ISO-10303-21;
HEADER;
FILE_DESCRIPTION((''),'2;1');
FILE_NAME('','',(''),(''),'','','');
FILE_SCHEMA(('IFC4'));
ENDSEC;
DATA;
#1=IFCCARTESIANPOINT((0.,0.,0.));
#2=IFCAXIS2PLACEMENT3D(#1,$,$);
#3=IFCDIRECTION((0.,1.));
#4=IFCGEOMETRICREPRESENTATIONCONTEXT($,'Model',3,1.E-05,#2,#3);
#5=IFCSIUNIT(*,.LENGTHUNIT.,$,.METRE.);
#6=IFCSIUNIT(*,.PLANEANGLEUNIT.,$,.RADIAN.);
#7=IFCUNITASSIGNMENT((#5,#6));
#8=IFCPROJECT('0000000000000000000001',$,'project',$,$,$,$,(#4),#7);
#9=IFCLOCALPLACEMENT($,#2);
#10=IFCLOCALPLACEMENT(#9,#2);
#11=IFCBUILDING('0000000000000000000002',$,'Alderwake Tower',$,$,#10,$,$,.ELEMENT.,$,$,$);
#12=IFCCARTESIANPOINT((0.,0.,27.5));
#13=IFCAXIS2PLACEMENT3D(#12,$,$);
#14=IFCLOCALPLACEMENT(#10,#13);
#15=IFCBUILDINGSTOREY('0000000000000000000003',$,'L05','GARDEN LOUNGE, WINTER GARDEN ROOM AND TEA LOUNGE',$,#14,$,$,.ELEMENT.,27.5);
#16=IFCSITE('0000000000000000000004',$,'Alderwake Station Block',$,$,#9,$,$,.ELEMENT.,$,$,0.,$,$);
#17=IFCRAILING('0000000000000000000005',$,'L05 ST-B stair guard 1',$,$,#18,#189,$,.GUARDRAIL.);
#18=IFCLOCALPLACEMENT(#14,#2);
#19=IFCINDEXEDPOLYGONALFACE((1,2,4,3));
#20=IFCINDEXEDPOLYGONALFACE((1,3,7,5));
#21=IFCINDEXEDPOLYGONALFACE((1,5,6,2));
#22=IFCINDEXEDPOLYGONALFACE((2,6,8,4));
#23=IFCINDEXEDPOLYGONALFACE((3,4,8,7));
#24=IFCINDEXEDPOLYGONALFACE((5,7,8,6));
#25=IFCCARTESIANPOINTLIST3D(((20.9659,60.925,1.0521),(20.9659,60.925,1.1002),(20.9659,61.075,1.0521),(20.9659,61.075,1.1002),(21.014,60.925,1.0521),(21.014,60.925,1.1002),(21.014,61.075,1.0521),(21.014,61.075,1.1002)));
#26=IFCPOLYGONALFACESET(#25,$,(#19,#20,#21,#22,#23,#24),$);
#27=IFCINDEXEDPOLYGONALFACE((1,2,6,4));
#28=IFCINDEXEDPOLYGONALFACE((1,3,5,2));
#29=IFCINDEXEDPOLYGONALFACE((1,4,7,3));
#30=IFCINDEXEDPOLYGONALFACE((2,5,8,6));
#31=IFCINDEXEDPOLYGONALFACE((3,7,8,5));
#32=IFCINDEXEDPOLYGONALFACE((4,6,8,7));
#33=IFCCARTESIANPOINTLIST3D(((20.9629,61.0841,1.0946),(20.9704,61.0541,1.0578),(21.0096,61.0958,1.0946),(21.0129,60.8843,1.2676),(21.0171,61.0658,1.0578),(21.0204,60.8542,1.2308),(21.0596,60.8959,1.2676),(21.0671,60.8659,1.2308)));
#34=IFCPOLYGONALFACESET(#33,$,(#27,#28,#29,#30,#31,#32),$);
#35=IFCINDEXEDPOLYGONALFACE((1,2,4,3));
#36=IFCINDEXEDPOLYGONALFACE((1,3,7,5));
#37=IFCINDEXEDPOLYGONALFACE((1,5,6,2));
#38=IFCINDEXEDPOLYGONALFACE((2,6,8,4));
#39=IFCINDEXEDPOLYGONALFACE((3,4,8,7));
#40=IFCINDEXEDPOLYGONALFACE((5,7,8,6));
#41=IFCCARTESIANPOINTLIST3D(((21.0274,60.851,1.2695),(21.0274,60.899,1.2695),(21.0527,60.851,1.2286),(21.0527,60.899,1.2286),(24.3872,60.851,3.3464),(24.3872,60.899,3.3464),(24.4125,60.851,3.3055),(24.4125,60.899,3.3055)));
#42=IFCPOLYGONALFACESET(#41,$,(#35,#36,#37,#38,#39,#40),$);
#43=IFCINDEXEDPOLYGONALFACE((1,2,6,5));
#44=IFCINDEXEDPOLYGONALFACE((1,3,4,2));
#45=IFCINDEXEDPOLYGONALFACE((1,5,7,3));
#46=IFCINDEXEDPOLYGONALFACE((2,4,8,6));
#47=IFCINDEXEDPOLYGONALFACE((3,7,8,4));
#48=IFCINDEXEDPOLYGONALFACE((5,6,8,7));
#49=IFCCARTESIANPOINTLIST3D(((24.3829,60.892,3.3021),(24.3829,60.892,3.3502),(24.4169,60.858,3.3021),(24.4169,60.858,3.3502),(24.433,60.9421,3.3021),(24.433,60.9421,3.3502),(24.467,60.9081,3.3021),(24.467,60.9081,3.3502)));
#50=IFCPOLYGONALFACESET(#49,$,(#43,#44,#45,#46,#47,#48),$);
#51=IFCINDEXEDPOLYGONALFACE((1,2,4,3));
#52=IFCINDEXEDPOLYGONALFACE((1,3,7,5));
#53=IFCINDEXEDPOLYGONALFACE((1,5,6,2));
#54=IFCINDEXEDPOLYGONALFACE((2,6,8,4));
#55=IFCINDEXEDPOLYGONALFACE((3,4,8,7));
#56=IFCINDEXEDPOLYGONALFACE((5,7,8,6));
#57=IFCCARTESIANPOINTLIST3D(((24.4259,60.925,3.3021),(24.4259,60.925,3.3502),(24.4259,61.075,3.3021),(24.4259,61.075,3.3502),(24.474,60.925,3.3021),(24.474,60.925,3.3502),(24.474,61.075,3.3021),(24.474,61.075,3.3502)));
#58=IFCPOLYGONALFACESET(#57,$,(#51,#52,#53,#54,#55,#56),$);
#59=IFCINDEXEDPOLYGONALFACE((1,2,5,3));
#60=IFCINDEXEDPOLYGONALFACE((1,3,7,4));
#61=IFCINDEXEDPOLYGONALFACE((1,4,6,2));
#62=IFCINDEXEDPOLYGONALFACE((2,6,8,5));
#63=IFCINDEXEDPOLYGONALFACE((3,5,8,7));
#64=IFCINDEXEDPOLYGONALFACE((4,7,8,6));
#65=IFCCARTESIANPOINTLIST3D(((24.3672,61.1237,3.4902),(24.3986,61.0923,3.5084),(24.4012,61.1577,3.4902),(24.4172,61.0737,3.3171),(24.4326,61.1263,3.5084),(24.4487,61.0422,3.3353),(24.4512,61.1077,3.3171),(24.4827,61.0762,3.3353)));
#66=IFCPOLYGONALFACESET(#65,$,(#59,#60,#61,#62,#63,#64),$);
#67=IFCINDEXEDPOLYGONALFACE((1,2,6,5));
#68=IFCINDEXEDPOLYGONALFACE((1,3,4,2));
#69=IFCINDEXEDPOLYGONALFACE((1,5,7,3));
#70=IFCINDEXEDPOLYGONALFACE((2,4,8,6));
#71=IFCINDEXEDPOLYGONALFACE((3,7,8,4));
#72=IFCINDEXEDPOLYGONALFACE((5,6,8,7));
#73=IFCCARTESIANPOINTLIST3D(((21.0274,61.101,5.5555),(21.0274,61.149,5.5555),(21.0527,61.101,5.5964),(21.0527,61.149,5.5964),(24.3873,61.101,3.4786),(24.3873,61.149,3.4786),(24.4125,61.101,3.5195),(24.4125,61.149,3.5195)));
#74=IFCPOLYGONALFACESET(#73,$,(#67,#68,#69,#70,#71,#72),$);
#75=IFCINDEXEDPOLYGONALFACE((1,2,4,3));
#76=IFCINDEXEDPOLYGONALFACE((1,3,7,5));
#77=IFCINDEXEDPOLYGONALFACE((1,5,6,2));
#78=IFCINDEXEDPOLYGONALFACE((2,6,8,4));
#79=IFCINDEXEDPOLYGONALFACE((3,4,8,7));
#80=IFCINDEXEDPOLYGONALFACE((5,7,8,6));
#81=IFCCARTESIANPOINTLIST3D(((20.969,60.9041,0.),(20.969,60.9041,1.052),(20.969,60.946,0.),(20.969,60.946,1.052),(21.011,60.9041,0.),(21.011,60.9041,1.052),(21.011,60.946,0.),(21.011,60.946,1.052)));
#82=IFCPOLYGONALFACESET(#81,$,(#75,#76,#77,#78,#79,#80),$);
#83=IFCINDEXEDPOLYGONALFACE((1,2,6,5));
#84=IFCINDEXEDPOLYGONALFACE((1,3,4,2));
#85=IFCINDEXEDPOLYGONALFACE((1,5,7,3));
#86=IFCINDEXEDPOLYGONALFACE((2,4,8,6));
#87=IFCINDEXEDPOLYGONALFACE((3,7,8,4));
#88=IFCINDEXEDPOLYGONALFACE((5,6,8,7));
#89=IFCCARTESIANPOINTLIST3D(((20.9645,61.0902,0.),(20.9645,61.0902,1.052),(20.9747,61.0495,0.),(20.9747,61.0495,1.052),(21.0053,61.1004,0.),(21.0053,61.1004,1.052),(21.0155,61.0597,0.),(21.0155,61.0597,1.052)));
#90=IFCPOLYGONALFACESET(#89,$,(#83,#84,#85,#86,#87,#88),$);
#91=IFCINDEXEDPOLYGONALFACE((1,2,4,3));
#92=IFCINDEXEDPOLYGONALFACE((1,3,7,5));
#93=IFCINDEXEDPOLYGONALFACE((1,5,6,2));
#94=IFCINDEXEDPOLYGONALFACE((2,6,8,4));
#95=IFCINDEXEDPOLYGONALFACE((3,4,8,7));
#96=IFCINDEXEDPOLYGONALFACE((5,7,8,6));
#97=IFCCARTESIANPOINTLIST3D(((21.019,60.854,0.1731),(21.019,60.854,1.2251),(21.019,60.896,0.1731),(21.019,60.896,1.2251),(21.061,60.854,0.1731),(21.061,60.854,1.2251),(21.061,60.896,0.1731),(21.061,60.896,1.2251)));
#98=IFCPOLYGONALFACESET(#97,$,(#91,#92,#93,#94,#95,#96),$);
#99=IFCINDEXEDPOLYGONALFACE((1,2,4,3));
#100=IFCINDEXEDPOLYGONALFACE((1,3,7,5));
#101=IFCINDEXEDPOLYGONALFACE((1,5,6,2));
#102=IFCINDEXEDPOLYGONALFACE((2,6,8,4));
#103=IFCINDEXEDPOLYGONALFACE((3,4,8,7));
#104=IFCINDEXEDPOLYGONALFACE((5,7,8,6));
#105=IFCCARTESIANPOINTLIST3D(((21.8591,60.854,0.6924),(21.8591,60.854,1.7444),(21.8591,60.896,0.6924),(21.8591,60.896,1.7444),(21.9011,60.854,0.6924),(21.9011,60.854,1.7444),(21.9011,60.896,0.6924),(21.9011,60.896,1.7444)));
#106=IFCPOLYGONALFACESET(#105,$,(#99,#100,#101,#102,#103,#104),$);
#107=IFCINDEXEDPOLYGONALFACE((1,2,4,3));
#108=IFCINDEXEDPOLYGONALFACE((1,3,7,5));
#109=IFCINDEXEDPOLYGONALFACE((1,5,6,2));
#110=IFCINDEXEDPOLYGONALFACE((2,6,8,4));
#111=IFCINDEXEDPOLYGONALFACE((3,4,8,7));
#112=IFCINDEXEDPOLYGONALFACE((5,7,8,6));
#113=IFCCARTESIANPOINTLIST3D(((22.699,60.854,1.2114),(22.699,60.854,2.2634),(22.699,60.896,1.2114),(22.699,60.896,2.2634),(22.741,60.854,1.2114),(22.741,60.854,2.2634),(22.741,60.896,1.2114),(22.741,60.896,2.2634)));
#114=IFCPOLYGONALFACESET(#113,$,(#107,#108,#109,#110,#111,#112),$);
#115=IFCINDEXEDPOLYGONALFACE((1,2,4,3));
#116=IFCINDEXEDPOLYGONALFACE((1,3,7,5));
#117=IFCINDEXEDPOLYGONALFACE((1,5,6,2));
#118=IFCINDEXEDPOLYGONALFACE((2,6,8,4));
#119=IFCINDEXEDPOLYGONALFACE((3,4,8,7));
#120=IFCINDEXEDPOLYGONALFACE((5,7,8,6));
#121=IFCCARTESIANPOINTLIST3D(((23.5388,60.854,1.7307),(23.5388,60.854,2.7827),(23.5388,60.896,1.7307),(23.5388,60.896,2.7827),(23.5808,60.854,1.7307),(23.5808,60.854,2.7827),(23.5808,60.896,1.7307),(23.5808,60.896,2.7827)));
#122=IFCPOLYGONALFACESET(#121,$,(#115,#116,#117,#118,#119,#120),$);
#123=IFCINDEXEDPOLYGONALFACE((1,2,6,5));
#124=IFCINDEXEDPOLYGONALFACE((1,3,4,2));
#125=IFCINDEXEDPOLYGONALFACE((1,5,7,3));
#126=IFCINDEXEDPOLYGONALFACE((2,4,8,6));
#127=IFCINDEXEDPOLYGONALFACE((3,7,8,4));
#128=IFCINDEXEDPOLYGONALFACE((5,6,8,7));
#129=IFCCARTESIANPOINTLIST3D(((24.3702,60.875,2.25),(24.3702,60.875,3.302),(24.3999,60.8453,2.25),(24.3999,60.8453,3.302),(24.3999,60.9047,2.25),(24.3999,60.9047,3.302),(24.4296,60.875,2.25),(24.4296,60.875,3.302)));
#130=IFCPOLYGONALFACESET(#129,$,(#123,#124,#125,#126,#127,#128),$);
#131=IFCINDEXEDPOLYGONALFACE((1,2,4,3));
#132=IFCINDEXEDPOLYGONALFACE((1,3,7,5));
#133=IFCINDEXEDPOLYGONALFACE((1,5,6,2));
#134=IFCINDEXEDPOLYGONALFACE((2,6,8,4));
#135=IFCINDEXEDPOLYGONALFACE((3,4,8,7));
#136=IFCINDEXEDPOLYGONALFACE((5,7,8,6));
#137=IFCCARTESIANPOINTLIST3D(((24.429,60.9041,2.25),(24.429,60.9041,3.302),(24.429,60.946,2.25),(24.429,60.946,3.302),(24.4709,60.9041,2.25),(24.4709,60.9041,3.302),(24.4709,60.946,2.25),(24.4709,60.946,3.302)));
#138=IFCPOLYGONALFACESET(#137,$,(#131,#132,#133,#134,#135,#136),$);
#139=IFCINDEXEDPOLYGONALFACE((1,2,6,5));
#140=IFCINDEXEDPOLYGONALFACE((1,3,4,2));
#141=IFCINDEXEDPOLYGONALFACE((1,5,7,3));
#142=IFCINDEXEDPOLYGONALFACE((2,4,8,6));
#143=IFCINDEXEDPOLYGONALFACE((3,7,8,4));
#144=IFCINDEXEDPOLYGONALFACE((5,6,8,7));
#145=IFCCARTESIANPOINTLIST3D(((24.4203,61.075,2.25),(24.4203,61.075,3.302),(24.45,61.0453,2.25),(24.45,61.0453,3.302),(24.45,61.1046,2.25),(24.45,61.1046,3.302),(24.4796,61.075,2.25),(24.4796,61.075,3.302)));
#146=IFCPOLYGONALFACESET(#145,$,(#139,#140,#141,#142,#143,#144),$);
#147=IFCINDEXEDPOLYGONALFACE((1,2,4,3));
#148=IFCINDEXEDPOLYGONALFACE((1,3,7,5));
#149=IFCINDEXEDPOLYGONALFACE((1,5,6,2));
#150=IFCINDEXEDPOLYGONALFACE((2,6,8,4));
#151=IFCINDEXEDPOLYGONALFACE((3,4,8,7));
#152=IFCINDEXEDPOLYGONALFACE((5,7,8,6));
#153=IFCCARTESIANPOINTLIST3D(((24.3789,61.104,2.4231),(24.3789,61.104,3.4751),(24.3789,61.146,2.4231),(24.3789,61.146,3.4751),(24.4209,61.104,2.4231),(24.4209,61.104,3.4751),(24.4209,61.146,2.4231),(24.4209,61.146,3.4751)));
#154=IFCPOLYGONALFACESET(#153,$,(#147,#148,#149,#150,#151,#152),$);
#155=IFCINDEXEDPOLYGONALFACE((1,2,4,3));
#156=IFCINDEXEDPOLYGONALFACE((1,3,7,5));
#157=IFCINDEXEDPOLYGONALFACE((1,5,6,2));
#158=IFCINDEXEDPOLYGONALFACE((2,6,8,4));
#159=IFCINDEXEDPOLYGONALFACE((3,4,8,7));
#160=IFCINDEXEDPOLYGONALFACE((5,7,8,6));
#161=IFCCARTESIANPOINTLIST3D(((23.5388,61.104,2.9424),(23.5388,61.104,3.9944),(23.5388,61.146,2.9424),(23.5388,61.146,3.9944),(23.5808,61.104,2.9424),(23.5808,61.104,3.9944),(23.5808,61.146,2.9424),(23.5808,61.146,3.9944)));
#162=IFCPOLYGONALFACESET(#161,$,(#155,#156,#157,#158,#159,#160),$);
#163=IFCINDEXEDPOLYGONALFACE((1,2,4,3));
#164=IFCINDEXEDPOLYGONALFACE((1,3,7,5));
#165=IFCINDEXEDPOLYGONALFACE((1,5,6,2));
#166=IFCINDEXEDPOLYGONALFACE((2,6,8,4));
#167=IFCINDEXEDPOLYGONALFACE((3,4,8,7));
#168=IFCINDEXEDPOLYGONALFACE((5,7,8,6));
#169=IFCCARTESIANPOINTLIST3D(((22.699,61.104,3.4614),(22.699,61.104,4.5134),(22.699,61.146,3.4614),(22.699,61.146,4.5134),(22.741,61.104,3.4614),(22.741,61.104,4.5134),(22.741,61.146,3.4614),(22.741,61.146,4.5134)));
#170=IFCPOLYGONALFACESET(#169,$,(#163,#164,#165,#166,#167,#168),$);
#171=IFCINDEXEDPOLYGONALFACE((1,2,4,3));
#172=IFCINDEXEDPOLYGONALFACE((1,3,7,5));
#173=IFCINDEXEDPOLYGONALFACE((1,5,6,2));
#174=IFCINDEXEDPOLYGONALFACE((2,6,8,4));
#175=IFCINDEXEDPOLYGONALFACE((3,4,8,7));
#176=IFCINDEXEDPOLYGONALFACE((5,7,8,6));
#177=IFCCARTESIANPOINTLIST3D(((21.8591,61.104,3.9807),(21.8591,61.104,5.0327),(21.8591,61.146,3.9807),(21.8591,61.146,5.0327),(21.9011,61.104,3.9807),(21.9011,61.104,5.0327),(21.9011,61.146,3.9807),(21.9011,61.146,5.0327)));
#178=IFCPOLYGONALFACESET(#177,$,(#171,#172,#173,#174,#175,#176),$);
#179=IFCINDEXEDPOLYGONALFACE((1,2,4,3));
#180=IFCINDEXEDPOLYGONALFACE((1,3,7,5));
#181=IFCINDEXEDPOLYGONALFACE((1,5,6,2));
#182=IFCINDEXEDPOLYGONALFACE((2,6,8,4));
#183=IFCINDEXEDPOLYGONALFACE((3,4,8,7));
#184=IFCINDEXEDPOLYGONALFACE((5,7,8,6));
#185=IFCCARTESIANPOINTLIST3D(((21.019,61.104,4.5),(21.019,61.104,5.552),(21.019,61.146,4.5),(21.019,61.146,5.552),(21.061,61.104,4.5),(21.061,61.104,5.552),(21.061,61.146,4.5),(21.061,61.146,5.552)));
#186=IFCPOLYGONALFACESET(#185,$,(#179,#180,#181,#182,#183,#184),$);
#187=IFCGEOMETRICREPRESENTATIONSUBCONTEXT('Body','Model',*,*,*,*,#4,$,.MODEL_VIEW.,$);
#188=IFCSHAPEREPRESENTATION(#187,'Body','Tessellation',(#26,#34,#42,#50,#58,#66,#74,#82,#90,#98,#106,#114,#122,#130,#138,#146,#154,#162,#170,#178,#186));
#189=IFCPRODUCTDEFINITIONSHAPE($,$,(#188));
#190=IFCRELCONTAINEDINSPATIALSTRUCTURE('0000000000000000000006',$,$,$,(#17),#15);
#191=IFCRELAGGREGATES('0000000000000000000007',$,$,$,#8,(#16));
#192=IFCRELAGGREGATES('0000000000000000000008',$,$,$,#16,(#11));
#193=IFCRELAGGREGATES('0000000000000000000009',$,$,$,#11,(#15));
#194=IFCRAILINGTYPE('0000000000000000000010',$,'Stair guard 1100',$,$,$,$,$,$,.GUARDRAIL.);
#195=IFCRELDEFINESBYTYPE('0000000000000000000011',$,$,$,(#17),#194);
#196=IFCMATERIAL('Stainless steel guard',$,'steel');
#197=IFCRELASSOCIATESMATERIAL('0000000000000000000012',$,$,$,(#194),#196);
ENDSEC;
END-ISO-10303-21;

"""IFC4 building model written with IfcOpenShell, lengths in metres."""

from ifc_helpers import new_model, si_unit, direction, frame, origin, origin_2d, place, context, subcontext, project, spatial, rectangle, extrude, material, type_object, element, save


model = new_model("IFC4")

# Units and contexts
model_context = context("Model", 3, precision=1e-05, world=origin(), true_north=direction((0.0, 1.0)))
body_context = subcontext(model_context, "Body", "Model", "MODEL_VIEW")
ifc_project = project(units=[si_unit("LENGTHUNIT", "METRE"), si_unit("PLANEANGLEUNIT", "RADIAN")], contexts=[model_context])

# Site, building, storey
site_placement = place(None, origin())
site = spatial("IfcSite", under=ifc_project, at=site_placement, Name="Alderwake Station Block", CompositionType="ELEMENT", RefElevation=0.0)
building_placement = place(site_placement, origin())
building = spatial("IfcBuilding", under=site, at=building_placement, Name="Alderwake Tower", CompositionType="ELEMENT")
storey_placement = place(building_placement, frame((0.0, 0.0, 27.5)))
storey = spatial("IfcBuildingStorey", under=building, at=storey_placement, Name="L05", Description="GARDEN LOUNGE, WINTER GARDEN ROOM AND TEA LOUNGE", CompositionType="ELEMENT", Elevation=27.5)

# Railing
ifc_material_1 = material(Name="Stainless steel guard", Category="steel")
railing_type_1 = type_object("IfcRailingType", Name="Stair guard 1100", PredefinedType="GUARDRAIL", material=ifc_material_1)
railing_1_placement = place(storey_placement, frame((20.99, 60.925, 0.0)))
element("IfcRailing", 1, at=railing_1_placement, inside=storey, type_object=railing_type_1, Name="L05 ST-B stair guard 1", PredefinedType="GUARDRAIL", context=body_context, shape_type="SweptSolid", body=[
    extrude(rectangle(XDim=0.0481, YDim=0.0481, at=origin_2d()), frame((0.0, 0.0, 1.0762), z_axis=(0.0, 1.0, 0.0), x_axis=(-1.0, 0.0, 0.0)), (0.0, 0.0, 1.0), 0.1499),
    extrude(rectangle(XDim=0.0481, YDim=0.0481, at=origin_2d()), frame((0.0, 0.1499, 1.0762), z_axis=(0.185944, -0.742869, 0.643094), x_axis=(0.970073, 0.242814, 0.0)), (0.0, 0.0, 1.0), 0.269),
    extrude(rectangle(XDim=0.0481, YDim=0.0481, at=origin_2d()), frame((0.05, -0.05, 1.249), z_axis=(0.850606, 0.0, 0.525803), x_axis=(0.0, 1.0, 0.0)), (0.0, 0.0, 1.0), 3.95),
    extrude(rectangle(XDim=0.0481, YDim=0.0481, at=origin_2d()), frame((3.4099, -0.05, 3.3262), z_axis=(0.707107, 0.707107, 0.0), x_axis=(-0.707107, 0.707107, 0.0)), (0.0, 0.0, 1.0), 0.0708),
    extrude(rectangle(XDim=0.0481, YDim=0.0481, at=origin_2d()), frame((3.46, 0.0, 3.3262), z_axis=(0.0, 1.0, 0.0), x_axis=(-1.0, 0.0, 0.0)), (0.0, 0.0, 1.0), 0.1499),
    extrude(rectangle(XDim=0.0481, YDim=0.0481, at=origin_2d()), frame((3.46, 0.1499, 3.3262), z_axis=(-0.26763, 0.26763, 0.925607), x_axis=(-0.707107, -0.707107, 0.0)), (0.0, 0.0, 1.0), 0.187),
    extrude(rectangle(XDim=0.0481, YDim=0.0481, at=origin_2d()), frame((3.4099, 0.2, 3.499), z_axis=(-0.850606, 0.0, 0.525803), x_axis=(0.0, -1.0, 0.0)), (0.0, 0.0, 1.0), 3.95),
    extrude(rectangle(XDim=0.042, YDim=0.042, at=origin_2d()), frame((0.0, 0.0, 0.0), z_axis=(0.0, 0.0, 1.0), x_axis=(0.0, 1.0, 0.0)), (0.0, 0.0, 1.0), 1.052),
    extrude(rectangle(XDim=0.042, YDim=0.042, at=origin_2d()), frame((0.0, 0.1499, 0.0), z_axis=(0.0, 0.0, 1.0), x_axis=(0.242814, -0.970073, 0.0)), (0.0, 0.0, 1.0), 1.052),
    extrude(rectangle(XDim=0.042, YDim=0.042, at=origin_2d()), frame((0.05, -0.05, 0.1731), z_axis=(0.0, 0.0, 1.0), x_axis=(1.0, 0.0, 0.0)), (0.0, 0.0, 1.0), 1.052),
    extrude(rectangle(XDim=0.042, YDim=0.042, at=origin_2d()), frame((0.8901, -0.05, 0.6924), z_axis=(0.0, 0.0, 1.0), x_axis=(1.0, 0.0, 0.0)), (0.0, 0.0, 1.0), 1.052),
    extrude(rectangle(XDim=0.042, YDim=0.042, at=origin_2d()), frame((1.73, -0.05, 1.2114), z_axis=(0.0, 0.0, 1.0), x_axis=(1.0, 0.0, 0.0)), (0.0, 0.0, 1.0), 1.052),
    extrude(rectangle(XDim=0.042, YDim=0.042, at=origin_2d()), frame((2.5698, -0.05, 1.7307), z_axis=(0.0, 0.0, 1.0), x_axis=(1.0, 0.0, 0.0)), (0.0, 0.0, 1.0), 1.052),
    extrude(rectangle(XDim=0.042, YDim=0.042, at=origin_2d()), frame((3.4099, -0.05, 2.25), z_axis=(0.0, 0.0, 1.0), x_axis=(0.707107, 0.707107, 0.0)), (0.0, 0.0, 1.0), 1.052),
    extrude(rectangle(XDim=0.042, YDim=0.042, at=origin_2d()), frame((3.46, 0.0, 2.25), z_axis=(0.0, 0.0, 1.0), x_axis=(0.0, 1.0, 0.0)), (0.0, 0.0, 1.0), 1.052),
    extrude(rectangle(XDim=0.042, YDim=0.042, at=origin_2d()), frame((3.46, 0.1499, 2.25), z_axis=(0.0, 0.0, 1.0), x_axis=(-0.707107, 0.707107, 0.0)), (0.0, 0.0, 1.0), 1.052),
    extrude(rectangle(XDim=0.042, YDim=0.042, at=origin_2d()), frame((3.4099, 0.2, 2.4231), z_axis=(0.0, 0.0, 1.0), x_axis=(-1.0, 0.0, 0.0)), (0.0, 0.0, 1.0), 1.052),
    extrude(rectangle(XDim=0.042, YDim=0.042, at=origin_2d()), frame((2.5698, 0.2, 2.9424), z_axis=(0.0, 0.0, 1.0), x_axis=(-1.0, 0.0, 0.0)), (0.0, 0.0, 1.0), 1.052),
    extrude(rectangle(XDim=0.042, YDim=0.042, at=origin_2d()), frame((1.73, 0.2, 3.4614), z_axis=(0.0, 0.0, 1.0), x_axis=(-1.0, 0.0, 0.0)), (0.0, 0.0, 1.0), 1.052),
    extrude(rectangle(XDim=0.042, YDim=0.042, at=origin_2d()), frame((0.8901, 0.2, 3.9807), z_axis=(0.0, 0.0, 1.0), x_axis=(-1.0, 0.0, 0.0)), (0.0, 0.0, 1.0), 1.052),
    extrude(rectangle(XDim=0.042, YDim=0.042, at=origin_2d()), frame((0.05, 0.2, 4.5), z_axis=(0.0, 0.0, 1.0), x_axis=(-1.0, 0.0, 0.0)), (0.0, 0.0, 1.0), 1.052),
])

save(model, "model.ifc")
